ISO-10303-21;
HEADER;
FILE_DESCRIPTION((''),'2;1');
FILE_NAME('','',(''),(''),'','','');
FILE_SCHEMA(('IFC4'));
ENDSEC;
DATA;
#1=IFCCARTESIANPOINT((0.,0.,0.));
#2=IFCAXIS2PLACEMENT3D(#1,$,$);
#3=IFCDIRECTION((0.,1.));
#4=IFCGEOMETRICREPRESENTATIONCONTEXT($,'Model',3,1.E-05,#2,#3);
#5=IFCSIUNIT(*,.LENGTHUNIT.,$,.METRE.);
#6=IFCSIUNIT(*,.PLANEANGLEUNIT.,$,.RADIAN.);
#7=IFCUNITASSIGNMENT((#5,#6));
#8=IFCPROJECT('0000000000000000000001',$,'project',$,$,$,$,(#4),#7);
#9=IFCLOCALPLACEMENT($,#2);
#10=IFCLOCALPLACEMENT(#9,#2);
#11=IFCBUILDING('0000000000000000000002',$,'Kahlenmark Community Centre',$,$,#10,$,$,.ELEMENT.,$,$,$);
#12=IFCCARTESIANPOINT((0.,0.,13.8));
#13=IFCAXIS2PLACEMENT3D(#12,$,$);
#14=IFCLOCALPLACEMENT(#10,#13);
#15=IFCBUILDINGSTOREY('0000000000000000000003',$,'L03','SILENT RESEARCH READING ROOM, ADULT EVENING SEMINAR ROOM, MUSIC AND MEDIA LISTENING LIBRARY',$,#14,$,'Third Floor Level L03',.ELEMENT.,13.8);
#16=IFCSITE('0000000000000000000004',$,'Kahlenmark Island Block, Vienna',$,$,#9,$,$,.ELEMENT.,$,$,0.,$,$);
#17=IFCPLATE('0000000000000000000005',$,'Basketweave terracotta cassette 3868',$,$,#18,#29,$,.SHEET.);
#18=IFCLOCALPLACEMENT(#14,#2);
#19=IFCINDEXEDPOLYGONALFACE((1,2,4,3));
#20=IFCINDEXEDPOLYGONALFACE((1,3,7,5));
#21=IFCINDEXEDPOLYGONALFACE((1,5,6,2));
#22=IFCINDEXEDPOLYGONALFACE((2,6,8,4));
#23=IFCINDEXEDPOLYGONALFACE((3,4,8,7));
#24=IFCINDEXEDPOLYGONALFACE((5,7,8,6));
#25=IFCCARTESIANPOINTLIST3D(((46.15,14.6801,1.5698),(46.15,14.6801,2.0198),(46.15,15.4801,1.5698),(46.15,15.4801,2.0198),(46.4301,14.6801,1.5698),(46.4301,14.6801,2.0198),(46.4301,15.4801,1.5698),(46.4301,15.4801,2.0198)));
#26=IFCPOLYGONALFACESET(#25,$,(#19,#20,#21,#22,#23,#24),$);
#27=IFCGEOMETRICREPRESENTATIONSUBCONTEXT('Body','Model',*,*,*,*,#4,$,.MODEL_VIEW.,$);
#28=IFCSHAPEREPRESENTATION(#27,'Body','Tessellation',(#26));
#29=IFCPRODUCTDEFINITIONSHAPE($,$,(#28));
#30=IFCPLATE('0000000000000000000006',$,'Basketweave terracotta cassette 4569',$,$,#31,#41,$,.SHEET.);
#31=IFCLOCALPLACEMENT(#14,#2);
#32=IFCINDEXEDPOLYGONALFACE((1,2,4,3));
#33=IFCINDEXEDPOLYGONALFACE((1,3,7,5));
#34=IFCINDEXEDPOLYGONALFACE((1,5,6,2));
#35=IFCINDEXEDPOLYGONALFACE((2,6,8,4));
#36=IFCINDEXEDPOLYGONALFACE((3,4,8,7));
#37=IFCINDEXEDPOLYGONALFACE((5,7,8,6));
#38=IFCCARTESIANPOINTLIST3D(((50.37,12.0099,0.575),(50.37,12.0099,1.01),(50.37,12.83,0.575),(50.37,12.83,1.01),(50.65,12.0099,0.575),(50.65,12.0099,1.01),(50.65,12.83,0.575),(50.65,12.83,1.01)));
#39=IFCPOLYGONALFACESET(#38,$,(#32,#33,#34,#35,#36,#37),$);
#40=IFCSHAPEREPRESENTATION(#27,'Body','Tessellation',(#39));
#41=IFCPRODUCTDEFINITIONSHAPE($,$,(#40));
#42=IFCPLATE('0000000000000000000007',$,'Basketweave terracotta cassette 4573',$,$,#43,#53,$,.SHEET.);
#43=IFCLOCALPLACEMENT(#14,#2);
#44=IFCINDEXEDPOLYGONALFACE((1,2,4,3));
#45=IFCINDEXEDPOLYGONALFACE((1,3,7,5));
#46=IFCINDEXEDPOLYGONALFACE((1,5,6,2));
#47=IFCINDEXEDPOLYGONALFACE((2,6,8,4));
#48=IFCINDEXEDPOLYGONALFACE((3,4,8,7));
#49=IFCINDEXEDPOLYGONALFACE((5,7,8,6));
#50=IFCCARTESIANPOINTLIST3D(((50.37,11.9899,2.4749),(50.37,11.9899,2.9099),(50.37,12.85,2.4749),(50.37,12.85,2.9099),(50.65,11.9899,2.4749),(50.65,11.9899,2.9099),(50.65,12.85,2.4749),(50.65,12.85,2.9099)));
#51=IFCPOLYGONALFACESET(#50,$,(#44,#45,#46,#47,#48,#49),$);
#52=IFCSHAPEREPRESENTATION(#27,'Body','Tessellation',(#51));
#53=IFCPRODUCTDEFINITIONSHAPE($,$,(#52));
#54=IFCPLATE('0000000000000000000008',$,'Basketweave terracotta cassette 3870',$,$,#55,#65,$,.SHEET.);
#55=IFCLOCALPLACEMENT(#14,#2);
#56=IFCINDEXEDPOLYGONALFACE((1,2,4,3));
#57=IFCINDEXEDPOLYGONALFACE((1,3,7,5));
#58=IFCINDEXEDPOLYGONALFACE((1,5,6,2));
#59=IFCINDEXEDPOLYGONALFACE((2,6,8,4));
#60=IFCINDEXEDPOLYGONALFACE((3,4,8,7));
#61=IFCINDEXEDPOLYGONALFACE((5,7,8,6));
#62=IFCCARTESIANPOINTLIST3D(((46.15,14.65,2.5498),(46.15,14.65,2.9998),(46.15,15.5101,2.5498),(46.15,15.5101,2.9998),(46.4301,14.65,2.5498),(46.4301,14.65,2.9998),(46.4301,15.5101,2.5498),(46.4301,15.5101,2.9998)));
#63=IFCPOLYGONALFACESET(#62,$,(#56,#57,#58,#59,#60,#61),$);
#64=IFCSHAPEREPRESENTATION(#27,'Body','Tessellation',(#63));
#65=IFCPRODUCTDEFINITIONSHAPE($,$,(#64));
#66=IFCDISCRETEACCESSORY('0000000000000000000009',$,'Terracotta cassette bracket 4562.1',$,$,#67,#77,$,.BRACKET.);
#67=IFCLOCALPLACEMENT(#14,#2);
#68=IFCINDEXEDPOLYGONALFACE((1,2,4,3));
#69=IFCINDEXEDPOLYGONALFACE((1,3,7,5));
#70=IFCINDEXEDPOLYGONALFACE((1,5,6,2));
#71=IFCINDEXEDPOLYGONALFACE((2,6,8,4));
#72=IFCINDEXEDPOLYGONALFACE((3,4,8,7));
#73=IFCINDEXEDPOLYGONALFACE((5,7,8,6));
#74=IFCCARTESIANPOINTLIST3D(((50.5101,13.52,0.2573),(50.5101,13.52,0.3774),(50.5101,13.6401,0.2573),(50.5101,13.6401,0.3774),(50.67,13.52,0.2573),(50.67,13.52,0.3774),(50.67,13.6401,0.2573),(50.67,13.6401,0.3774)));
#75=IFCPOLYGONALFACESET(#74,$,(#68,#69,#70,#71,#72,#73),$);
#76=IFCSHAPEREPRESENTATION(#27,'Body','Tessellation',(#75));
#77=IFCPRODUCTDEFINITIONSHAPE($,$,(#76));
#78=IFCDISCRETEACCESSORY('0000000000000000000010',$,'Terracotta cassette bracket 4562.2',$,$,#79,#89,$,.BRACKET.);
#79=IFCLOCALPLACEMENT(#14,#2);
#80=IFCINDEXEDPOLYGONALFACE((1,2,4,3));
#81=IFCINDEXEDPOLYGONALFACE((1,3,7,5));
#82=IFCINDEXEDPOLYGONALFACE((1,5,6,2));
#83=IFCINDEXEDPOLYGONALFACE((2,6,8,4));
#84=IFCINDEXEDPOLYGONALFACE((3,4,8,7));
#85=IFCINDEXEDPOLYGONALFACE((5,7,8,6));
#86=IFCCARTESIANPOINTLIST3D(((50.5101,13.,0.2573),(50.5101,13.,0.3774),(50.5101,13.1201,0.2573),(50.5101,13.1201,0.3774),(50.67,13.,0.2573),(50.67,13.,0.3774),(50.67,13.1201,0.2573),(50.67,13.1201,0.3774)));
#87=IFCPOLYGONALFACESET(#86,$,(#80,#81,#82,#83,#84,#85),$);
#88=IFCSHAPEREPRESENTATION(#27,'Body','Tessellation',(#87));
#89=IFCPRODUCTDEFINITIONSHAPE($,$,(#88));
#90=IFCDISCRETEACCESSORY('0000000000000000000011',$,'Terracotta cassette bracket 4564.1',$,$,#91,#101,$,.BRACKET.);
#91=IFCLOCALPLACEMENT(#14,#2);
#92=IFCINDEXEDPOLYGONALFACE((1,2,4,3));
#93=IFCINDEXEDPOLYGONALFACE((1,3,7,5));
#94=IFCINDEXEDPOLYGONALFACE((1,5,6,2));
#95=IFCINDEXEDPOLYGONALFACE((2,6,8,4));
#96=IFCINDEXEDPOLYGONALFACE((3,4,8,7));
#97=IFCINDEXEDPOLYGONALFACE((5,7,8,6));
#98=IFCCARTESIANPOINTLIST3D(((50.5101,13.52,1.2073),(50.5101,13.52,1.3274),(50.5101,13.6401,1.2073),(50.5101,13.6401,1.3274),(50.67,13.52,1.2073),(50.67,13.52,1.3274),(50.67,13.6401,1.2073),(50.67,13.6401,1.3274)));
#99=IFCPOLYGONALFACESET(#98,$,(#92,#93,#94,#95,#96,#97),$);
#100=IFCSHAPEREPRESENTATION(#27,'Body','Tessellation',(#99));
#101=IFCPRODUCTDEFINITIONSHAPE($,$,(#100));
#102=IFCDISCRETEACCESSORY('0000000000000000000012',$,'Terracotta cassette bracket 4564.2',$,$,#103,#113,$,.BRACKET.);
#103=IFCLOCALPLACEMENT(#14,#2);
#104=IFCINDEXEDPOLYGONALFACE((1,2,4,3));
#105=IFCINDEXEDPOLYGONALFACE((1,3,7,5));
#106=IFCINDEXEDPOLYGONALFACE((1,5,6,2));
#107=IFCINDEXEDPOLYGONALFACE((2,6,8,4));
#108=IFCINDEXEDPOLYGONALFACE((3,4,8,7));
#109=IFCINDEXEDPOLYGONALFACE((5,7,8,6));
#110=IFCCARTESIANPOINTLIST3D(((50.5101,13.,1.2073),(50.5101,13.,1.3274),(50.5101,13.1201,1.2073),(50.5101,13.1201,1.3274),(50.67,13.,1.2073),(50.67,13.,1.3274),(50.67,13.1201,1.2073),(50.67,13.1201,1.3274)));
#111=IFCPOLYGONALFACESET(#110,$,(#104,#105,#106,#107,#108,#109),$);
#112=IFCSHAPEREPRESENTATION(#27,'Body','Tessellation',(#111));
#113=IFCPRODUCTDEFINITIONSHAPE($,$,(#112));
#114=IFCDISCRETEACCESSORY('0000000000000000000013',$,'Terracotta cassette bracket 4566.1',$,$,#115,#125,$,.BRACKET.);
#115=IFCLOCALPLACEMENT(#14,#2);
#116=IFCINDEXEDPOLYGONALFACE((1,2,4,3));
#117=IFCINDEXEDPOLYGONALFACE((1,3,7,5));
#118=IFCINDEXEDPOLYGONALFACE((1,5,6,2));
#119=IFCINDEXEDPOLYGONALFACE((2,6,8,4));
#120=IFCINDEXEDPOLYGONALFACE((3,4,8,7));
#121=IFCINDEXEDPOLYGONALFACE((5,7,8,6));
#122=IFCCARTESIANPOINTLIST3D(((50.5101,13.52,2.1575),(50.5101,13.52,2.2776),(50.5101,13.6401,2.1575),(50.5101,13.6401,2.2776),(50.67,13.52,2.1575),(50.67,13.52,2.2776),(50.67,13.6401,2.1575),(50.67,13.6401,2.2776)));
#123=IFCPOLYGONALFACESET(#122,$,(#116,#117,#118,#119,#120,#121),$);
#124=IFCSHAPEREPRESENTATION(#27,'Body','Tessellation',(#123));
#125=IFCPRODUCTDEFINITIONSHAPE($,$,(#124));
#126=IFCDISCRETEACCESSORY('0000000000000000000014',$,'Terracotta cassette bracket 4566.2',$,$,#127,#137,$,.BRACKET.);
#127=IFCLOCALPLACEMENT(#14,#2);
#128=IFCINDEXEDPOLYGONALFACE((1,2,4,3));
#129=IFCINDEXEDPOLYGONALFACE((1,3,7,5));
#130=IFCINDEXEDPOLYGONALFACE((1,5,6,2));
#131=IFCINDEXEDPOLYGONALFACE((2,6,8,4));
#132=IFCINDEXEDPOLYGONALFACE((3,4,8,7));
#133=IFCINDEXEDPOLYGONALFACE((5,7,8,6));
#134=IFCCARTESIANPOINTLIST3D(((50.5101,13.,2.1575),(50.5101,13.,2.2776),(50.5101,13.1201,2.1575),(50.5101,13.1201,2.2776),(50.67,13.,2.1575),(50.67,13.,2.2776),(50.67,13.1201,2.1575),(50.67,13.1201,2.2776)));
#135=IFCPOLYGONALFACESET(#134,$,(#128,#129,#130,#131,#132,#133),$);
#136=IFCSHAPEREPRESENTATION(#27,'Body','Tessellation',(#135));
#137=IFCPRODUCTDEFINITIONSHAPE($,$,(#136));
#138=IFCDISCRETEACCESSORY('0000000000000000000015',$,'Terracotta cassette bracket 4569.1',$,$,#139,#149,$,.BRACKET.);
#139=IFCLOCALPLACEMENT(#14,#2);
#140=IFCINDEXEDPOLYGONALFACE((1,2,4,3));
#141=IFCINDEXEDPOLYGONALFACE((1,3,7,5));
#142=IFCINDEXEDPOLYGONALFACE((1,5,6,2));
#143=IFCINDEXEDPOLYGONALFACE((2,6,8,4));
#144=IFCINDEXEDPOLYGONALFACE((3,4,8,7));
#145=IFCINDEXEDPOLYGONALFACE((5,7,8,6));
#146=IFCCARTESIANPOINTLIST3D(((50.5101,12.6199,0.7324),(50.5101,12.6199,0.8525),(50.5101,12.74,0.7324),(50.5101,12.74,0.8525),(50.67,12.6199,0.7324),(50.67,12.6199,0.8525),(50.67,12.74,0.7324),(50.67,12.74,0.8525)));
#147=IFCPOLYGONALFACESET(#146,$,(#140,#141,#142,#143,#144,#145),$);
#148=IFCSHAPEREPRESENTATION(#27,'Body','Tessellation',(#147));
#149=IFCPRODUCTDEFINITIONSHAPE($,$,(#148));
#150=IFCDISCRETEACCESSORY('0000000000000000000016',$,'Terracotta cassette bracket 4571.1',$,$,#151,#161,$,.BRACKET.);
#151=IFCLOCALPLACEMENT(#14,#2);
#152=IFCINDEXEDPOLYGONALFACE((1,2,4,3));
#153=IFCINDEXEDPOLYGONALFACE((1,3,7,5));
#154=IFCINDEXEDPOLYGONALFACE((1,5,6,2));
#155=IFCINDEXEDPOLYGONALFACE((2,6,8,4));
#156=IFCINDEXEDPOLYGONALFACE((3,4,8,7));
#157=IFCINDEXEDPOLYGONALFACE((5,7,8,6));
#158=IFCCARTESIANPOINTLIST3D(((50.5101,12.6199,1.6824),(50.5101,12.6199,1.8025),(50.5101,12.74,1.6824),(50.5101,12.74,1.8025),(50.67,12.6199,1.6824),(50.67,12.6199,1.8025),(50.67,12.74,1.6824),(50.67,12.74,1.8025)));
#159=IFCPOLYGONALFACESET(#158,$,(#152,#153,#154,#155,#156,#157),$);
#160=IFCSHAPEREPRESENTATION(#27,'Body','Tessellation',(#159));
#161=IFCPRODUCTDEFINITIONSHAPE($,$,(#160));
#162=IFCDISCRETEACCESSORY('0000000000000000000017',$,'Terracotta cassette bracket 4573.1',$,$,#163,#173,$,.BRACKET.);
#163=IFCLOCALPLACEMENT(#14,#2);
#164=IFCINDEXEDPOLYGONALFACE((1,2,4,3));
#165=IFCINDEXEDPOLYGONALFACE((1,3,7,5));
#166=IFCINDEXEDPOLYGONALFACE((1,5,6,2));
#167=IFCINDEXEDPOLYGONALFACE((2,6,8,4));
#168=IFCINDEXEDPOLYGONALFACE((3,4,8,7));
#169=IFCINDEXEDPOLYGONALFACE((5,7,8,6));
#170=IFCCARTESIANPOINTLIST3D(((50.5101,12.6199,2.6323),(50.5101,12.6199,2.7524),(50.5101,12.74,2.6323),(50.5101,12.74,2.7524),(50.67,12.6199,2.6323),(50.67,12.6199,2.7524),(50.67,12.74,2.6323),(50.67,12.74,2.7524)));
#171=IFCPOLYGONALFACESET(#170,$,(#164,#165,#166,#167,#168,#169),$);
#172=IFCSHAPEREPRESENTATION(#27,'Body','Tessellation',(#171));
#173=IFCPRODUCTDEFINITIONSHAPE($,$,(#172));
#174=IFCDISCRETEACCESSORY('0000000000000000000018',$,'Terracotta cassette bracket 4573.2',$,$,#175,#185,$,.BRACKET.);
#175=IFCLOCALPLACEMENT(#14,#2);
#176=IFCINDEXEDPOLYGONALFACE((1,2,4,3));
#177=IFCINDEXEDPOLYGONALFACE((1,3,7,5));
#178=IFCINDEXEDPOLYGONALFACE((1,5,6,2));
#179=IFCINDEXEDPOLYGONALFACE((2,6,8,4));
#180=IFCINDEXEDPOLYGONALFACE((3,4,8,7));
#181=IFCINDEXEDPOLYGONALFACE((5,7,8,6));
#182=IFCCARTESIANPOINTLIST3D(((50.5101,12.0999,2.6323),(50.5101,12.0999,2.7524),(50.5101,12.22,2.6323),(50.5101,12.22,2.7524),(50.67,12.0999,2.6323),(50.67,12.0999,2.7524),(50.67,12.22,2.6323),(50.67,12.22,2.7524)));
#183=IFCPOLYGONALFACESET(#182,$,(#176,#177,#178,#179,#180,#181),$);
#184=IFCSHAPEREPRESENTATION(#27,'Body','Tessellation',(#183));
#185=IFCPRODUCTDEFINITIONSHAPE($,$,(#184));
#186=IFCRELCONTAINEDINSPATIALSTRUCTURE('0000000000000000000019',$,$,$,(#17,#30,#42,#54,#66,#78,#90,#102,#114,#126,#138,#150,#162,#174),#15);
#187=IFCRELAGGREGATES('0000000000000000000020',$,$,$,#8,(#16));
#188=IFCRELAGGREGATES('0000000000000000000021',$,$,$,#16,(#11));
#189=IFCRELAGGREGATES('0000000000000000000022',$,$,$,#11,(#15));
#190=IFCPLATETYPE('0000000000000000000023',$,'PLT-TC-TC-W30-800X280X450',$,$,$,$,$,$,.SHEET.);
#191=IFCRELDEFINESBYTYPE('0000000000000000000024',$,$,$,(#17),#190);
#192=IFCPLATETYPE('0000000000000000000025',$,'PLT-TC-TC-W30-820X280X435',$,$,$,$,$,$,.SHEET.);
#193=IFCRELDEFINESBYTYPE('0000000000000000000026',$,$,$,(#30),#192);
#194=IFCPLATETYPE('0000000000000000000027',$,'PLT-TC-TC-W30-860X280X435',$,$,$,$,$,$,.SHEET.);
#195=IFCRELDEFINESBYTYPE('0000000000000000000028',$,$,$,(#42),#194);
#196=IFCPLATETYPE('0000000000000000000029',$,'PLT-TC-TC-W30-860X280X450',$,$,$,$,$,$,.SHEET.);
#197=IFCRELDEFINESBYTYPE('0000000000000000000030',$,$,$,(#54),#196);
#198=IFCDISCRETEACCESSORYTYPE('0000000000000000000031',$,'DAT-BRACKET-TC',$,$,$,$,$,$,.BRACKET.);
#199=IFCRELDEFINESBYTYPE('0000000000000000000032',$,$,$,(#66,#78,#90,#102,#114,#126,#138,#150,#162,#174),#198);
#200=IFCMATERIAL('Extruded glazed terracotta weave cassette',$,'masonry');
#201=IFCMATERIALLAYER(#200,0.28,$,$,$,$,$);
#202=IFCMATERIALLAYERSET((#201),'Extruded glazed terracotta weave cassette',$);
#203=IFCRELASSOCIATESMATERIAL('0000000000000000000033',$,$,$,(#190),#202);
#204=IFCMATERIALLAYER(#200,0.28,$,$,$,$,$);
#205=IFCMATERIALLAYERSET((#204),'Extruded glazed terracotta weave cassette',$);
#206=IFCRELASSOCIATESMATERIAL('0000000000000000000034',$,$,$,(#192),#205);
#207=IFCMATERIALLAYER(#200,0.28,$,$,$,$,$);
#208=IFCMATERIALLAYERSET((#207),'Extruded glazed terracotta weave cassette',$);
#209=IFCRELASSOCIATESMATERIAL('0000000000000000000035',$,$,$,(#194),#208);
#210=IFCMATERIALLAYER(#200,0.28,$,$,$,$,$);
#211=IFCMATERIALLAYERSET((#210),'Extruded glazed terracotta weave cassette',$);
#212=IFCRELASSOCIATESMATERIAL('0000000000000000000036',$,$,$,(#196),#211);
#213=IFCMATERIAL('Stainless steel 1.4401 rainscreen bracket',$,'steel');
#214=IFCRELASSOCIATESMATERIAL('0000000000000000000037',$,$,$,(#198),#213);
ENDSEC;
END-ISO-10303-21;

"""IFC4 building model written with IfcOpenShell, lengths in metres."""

from ifc_helpers import new_model, si_unit, direction, frame, origin, origin_2d, place, context, subcontext, project, spatial, rectangle, extrude, material, layer, layer_set, type_object, element, save


model = new_model("IFC4")

# Units and contexts
model_context = context("Model", 3, precision=1e-05, world=origin(), true_north=direction((0.0, 1.0)))
body_context = subcontext(model_context, "Body", "Model", "MODEL_VIEW")
ifc_project = project(units=[si_unit("LENGTHUNIT", "METRE"), si_unit("PLANEANGLEUNIT", "RADIAN")], contexts=[model_context])

# Site, building, storey
site_placement = place(None, origin())
site = spatial("IfcSite", under=ifc_project, at=site_placement, Name="Kahlenmark Island Block, Vienna", CompositionType="ELEMENT", RefElevation=0.0)
building_placement = place(site_placement, origin())
building = spatial("IfcBuilding", under=site, at=building_placement, Name="Kahlenmark Community Centre", CompositionType="ELEMENT")
storey_placement = place(building_placement, frame((0.0, 0.0, 13.8)))
storey = spatial("IfcBuildingStorey", under=building, at=storey_placement, Name="L03", Description="SILENT RESEARCH READING ROOM, ADULT EVENING SEMINAR ROOM, MUSIC AND MEDIA LISTENING LIBRARY", LongName="Third Floor Level L03", CompositionType="ELEMENT", Elevation=13.8)

# Plates
ifc_material_1 = material(Name="Extruded glazed terracotta weave cassette", Category="masonry")
ifc_layer_1 = layer(ifc_material_1, 0.28)
ifc_layer_set_1 = layer_set([ifc_layer_1], Name="Extruded glazed terracotta weave cassette")
plate_type_1 = type_object("IfcPlateType", Name="PLT-TC-TC-W30-800X280X450", PredefinedType="SHEET", material=ifc_layer_set_1)
plate_1_placement = place(storey_placement, frame((46.29, 15.0801, 1.5698), z_axis=(0.0, 0.0, 1.0), x_axis=(0.0, 1.0, 0.0)))
element("IfcPlate", 1, at=plate_1_placement, inside=storey, type_object=plate_type_1, Name="Basketweave terracotta cassette 3868", PredefinedType="SHEET", context=body_context, shape_type="SweptSolid", body=[
    extrude(rectangle(XDim=0.8, YDim=0.28, at=origin_2d()), origin(), (0.0, 0.0, 1.0), 0.45),
])
ifc_layer_2 = layer(ifc_material_1, 0.28)
ifc_layer_set_2 = layer_set([ifc_layer_2], Name="Extruded glazed terracotta weave cassette")
plate_type_2 = type_object("IfcPlateType", Name="PLT-TC-TC-W30-820X280X435", PredefinedType="SHEET", material=ifc_layer_set_2)
plate_2_placement = place(storey_placement, frame((50.51, 12.4199, 0.575), z_axis=(0.0, 0.0, 1.0), x_axis=(0.0, -1.0, 0.0)))
element("IfcPlate", 2, at=plate_2_placement, inside=storey, type_object=plate_type_2, Name="Basketweave terracotta cassette 4569", PredefinedType="SHEET", context=body_context, shape_type="SweptSolid", body=[
    extrude(rectangle(XDim=0.8201, YDim=0.28, at=origin_2d()), origin(), (0.0, 0.0, 1.0), 0.4351),
])
ifc_layer_3 = layer(ifc_material_1, 0.28)
ifc_layer_set_3 = layer_set([ifc_layer_3], Name="Extruded glazed terracotta weave cassette")
plate_type_3 = type_object("IfcPlateType", Name="PLT-TC-TC-W30-860X280X435", PredefinedType="SHEET", material=ifc_layer_set_3)
plate_3_placement = place(storey_placement, frame((50.51, 12.4199, 2.4749), z_axis=(0.0, 0.0, 1.0), x_axis=(0.0, -1.0, 0.0)))
element("IfcPlate", 3, at=plate_3_placement, inside=storey, type_object=plate_type_3, Name="Basketweave terracotta cassette 4573", PredefinedType="SHEET", context=body_context, shape_type="SweptSolid", body=[
    extrude(rectangle(XDim=0.8601, YDim=0.28, at=origin_2d()), origin(), (0.0, 0.0, 1.0), 0.4351),
])
ifc_layer_4 = layer(ifc_material_1, 0.28)
ifc_layer_set_4 = layer_set([ifc_layer_4], Name="Extruded glazed terracotta weave cassette")
plate_type_4 = type_object("IfcPlateType", Name="PLT-TC-TC-W30-860X280X450", PredefinedType="SHEET", material=ifc_layer_set_4)
plate_4_placement = place(storey_placement, frame((46.29, 15.0801, 2.5498), z_axis=(0.0, 0.0, 1.0), x_axis=(0.0, 1.0, 0.0)))
element("IfcPlate", 4, at=plate_4_placement, inside=storey, type_object=plate_type_4, Name="Basketweave terracotta cassette 3870", PredefinedType="SHEET", context=body_context, shape_type="SweptSolid", body=[
    extrude(rectangle(XDim=0.8601, YDim=0.28, at=origin_2d()), origin(), (0.0, 0.0, 1.0), 0.45),
])

# Discrete accessories
ifc_material_2 = material(Name="Stainless steel 1.4401 rainscreen bracket", Category="steel")
discrete_accessory_type = type_object("IfcDiscreteAccessoryType", Name="DAT-BRACKET-TC", PredefinedType="BRACKET", material=ifc_material_2)
for number, where, z_axis, x_axis, name in (
    (5, (50.5901, 13.5801, 0.2573), (0.0, 0.0, 1.0), (0.0, -1.0, 0.0), "Terracotta cassette bracket 4562.1"),
    (6, (50.5901, 13.0601, 0.2573), (0.0, 0.0, 1.0), (0.0, -1.0, 0.0), "Terracotta cassette bracket 4562.2"),
    (7, (50.5901, 13.5801, 1.2073), (0.0, 0.0, 1.0), (0.0, -1.0, 0.0), "Terracotta cassette bracket 4564.1"),
    (8, (50.5901, 13.0601, 1.2073), (0.0, 0.0, 1.0), (0.0, -1.0, 0.0), "Terracotta cassette bracket 4564.2"),
    (9, (50.5901, 13.5801, 2.1575), (0.0, 0.0, 1.0), (0.0, -1.0, 0.0), "Terracotta cassette bracket 4566.1"),
    (10, (50.5901, 13.0601, 2.1575), (0.0, 0.0, 1.0), (0.0, -1.0, 0.0), "Terracotta cassette bracket 4566.2"),
    (11, (50.5901, 12.6799, 0.7324), (0.0, 0.0, 1.0), (0.0, -1.0, 0.0), "Terracotta cassette bracket 4569.1"),
    (12, (50.5901, 12.6799, 1.6824), (0.0, 0.0, 1.0), (0.0, -1.0, 0.0), "Terracotta cassette bracket 4571.1"),
    (13, (50.5901, 12.6799, 2.6323), (0.0, 0.0, 1.0), (0.0, -1.0, 0.0), "Terracotta cassette bracket 4573.1"),
    (14, (50.5901, 12.1599, 2.6323), (0.0, 0.0, 1.0), (0.0, -1.0, 0.0), "Terracotta cassette bracket 4573.2"),
):
    element("IfcDiscreteAccessory", number, at=place(storey_placement, frame(where, z_axis=z_axis, x_axis=x_axis)), inside=storey, type_object=discrete_accessory_type, Name=name, PredefinedType="BRACKET", context=body_context, shape_type="SweptSolid", body=[
        extrude(rectangle(XDim=0.1201, YDim=0.1599, at=origin_2d()), origin(), (0.0, 0.0, 1.0), 0.1201),
    ])

save(model, "model.ifc")
